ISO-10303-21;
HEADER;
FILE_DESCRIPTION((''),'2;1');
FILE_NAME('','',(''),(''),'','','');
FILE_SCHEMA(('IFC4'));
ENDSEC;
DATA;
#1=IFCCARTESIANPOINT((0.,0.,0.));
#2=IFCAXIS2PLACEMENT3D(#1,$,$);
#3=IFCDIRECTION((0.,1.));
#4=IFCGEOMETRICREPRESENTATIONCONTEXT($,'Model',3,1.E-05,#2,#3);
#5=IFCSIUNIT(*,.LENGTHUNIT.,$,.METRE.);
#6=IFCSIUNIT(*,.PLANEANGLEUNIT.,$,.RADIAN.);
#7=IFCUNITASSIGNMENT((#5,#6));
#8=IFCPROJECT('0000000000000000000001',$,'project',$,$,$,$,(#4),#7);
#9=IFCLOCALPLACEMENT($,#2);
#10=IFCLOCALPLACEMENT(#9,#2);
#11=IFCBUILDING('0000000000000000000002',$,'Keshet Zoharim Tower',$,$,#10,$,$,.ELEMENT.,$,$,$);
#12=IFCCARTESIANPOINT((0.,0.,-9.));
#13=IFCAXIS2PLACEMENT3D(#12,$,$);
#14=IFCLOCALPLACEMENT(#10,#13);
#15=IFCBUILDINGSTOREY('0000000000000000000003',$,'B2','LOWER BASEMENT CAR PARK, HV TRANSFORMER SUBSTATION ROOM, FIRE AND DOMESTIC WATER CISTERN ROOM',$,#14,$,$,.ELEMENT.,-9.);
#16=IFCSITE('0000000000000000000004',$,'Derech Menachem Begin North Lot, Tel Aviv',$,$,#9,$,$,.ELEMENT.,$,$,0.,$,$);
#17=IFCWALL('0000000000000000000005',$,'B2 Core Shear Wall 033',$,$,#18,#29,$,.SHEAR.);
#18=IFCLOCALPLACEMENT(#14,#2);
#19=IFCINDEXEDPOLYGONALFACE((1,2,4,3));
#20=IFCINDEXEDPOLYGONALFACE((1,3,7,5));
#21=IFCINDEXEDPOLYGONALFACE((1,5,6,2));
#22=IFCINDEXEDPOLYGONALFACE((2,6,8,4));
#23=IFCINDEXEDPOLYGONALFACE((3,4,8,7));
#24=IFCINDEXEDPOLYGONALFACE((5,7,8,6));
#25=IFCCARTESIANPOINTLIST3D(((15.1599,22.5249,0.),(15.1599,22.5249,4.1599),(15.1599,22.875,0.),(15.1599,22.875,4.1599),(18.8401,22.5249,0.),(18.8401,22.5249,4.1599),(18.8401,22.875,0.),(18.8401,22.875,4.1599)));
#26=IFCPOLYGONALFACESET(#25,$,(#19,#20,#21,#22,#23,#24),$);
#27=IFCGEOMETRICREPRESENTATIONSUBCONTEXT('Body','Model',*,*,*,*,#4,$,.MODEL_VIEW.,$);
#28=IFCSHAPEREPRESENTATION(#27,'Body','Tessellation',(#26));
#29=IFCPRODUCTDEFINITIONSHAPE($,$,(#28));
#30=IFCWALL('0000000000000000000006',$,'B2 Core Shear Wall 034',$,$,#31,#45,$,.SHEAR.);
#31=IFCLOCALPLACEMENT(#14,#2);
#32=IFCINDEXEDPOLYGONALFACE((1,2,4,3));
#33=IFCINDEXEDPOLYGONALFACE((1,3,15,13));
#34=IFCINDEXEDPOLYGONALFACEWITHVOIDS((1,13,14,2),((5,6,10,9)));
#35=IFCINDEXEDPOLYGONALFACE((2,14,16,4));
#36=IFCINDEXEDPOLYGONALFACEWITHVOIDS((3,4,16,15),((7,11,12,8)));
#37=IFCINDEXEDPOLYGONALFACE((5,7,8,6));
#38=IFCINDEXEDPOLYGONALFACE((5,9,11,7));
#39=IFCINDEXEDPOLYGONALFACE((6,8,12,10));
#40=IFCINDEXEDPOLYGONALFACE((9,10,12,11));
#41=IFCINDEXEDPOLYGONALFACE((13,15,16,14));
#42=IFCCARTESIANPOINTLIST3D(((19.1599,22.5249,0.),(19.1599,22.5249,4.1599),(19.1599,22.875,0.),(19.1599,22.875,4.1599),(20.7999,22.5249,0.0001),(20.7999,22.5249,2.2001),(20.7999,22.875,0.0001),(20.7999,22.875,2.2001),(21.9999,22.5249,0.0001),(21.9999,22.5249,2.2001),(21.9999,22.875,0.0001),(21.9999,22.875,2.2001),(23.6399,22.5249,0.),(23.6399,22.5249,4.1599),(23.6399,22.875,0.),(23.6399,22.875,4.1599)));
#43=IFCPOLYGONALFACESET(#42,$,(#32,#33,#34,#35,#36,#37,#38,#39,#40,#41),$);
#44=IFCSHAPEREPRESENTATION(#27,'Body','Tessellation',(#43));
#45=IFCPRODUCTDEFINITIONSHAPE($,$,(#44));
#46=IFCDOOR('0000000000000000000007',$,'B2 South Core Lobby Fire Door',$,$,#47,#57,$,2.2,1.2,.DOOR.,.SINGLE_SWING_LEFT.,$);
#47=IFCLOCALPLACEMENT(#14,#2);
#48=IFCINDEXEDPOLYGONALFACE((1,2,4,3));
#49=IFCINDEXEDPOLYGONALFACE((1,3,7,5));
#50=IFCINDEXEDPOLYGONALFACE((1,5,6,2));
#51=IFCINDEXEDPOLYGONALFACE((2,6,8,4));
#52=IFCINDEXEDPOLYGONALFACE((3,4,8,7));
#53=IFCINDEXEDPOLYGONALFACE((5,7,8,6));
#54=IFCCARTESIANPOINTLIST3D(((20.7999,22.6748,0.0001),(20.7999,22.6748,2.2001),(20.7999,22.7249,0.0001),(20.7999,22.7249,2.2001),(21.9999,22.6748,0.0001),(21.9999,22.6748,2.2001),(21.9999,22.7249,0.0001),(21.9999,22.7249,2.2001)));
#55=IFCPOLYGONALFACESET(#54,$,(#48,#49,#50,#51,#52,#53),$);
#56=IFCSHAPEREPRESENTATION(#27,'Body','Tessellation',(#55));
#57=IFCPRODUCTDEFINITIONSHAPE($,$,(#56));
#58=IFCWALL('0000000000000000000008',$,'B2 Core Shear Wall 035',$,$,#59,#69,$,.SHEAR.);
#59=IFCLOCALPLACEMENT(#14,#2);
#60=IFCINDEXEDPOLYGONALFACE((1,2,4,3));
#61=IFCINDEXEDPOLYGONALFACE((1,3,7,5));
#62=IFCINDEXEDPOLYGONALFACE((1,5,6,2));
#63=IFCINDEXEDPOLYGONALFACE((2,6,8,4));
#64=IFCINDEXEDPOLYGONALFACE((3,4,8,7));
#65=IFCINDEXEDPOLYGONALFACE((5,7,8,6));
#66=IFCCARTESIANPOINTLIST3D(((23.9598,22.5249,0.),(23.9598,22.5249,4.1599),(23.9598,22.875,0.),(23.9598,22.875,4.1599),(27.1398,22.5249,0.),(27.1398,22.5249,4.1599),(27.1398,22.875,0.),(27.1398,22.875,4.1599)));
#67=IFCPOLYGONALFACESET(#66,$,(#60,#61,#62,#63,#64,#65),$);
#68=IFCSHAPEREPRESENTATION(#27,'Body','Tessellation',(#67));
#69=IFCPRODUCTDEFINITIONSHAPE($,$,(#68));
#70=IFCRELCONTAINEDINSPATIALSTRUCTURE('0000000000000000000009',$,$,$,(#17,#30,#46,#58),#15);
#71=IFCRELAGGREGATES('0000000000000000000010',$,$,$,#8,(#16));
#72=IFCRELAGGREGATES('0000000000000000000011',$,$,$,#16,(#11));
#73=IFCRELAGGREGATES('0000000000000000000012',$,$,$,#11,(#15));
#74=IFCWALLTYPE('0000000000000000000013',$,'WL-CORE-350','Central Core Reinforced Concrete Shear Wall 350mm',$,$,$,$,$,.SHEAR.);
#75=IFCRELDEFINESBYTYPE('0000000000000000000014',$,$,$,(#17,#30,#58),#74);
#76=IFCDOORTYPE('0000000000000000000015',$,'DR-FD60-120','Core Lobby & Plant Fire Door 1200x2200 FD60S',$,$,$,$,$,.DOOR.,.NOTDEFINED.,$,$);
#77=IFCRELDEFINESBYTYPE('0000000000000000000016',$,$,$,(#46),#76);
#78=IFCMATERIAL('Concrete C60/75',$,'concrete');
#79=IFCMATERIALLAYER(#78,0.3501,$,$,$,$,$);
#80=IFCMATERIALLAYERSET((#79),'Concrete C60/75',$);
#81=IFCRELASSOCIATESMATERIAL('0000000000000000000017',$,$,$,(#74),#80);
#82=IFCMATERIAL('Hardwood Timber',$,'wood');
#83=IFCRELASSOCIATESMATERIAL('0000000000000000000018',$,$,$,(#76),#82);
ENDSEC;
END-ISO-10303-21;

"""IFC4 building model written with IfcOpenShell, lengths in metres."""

from ifc_helpers import new_model, si_unit, direction, frame, frame_2d, origin, place, context, subcontext, project, spatial, rectangle, extrude, material, layer, layer_set, type_object, element, fill, save


model = new_model("IFC4")

# Units and contexts
model_context = context("Model", 3, precision=1e-05, world=origin(), true_north=direction((0.0, 1.0)))
body_context = subcontext(model_context, "Body", "Model", "MODEL_VIEW")
ifc_project = project(units=[si_unit("LENGTHUNIT", "METRE"), si_unit("PLANEANGLEUNIT", "RADIAN")], contexts=[model_context])

# Site, building, storey
site_placement = place(None, origin())
site = spatial("IfcSite", under=ifc_project, at=site_placement, Name="Derech Menachem Begin North Lot, Tel Aviv", CompositionType="ELEMENT", RefElevation=0.0)
building_placement = place(site_placement, origin())
building = spatial("IfcBuilding", under=site, at=building_placement, Name="Keshet Zoharim Tower", CompositionType="ELEMENT")
storey_placement = place(building_placement, frame((0.0, 0.0, -9.0)))
storey = spatial("IfcBuildingStorey", under=building, at=storey_placement, Name="B2", Description="LOWER BASEMENT CAR PARK, HV TRANSFORMER SUBSTATION ROOM, FIRE AND DOMESTIC WATER CISTERN ROOM", CompositionType="ELEMENT", Elevation=-9.0)

# Shared definitions
ifc_material_1 = material(Name="Concrete C60/75", Category="concrete")

# Shared definitions
ifc_layer_1 = layer(ifc_material_1, 0.3501)
ifc_layer_set_1 = layer_set([ifc_layer_1], Name="Concrete C60/75")
wall_type = type_object("IfcWallType", Name="WL-CORE-350", Description="Central Core Reinforced Concrete Shear Wall 350mm", PredefinedType="SHEAR", material=ifc_layer_set_1)

# Shared definitions
ifc_material_2 = material(Name="Hardwood Timber", Category="wood")

# Wall
wall_1_placement = place(storey_placement, frame((15.1599, 22.7, 0.0), z_axis=(0.0, 0.0, 1.0), x_axis=(1.0, 0.0, 0.0)))
element("IfcWall", 1, at=wall_1_placement, inside=storey, type_object=wall_type, Name="B2 Core Shear Wall 033", PredefinedType="SHEAR", context=body_context, shape_type="SweptSolid", body=[
    extrude(rectangle(XDim=3.6802, YDim=0.3501, at=frame_2d((1.8401, 0.0))), origin(), (0.0, 0.0, 1.0), 4.1599),
])

# Wall, opening, door
wall_2_placement = place(storey_placement, frame((19.1599, 22.7, 0.0), z_axis=(0.0, 0.0, 1.0), x_axis=(1.0, 0.0, 0.0)))
wall_2 = element("IfcWall", 2, at=wall_2_placement, inside=storey, type_object=wall_type, Name="B2 Core Shear Wall 034", PredefinedType="SHEAR", context=body_context, shape_type="SweptSolid", body=[
    extrude(rectangle(XDim=4.48, YDim=0.3501, at=frame_2d((2.24, 0.0))), origin(), (0.0, 0.0, 1.0), 4.1599),
])
opening_1_placement = place(wall_2_placement, frame((1.6399, 0.0, 0.0)))
opening_1 = element("IfcOpeningElement", 3, at=opening_1_placement, cuts=wall_2, PredefinedType="OPENING", context=body_context, shape_type="SweptSolid", body=[
    extrude(rectangle(XDim=1.2, YDim=2.2, at=frame_2d((0.6001, 1.1001))), frame((0.0, 0.1851, 0.0), z_axis=(0.0, -1.0, 0.0), x_axis=(1.0, 0.0, 0.0)), (0.0, 0.0, 1.0), 0.3701),
])
door_type_1 = type_object("IfcDoorType", Name="DR-FD60-120", Description="Core Lobby & Plant Fire Door 1200x2200 FD60S", OperationType="NOTDEFINED", PredefinedType="DOOR", material=ifc_material_2)
door_1_placement = place(opening_1_placement, origin())
door_1 = element("IfcDoor", 4, at=door_1_placement, inside=storey, type_object=door_type_1, Name="B2 South Core Lobby Fire Door", OperationType="SINGLE_SWING_LEFT", OverallHeight=2.2, OverallWidth=1.2, PredefinedType="DOOR", context=body_context, shape_type="SweptSolid", body=[
    extrude(rectangle(XDim=1.2, YDim=2.2, at=frame_2d((0.6001, 1.1001))), frame((0.0, 0.0249, 0.0), z_axis=(0.0, -1.0, 0.0), x_axis=(1.0, 0.0, 0.0)), (0.0, 0.0, 1.0), 0.05),
])
fill(opening_1, door_1)

# Wall
wall_3_placement = place(storey_placement, frame((23.96, 22.7, 0.0), z_axis=(0.0, 0.0, 1.0), x_axis=(1.0, 0.0, 0.0)))
element("IfcWall", 5, at=wall_3_placement, inside=storey, type_object=wall_type, Name="B2 Core Shear Wall 035", PredefinedType="SHEAR", context=body_context, shape_type="SweptSolid", body=[
    extrude(rectangle(XDim=3.1799, YDim=0.3501, at=frame_2d((1.5898, 0.0))), origin(), (0.0, 0.0, 1.0), 4.1599),
])

save(model, "model.ifc")
